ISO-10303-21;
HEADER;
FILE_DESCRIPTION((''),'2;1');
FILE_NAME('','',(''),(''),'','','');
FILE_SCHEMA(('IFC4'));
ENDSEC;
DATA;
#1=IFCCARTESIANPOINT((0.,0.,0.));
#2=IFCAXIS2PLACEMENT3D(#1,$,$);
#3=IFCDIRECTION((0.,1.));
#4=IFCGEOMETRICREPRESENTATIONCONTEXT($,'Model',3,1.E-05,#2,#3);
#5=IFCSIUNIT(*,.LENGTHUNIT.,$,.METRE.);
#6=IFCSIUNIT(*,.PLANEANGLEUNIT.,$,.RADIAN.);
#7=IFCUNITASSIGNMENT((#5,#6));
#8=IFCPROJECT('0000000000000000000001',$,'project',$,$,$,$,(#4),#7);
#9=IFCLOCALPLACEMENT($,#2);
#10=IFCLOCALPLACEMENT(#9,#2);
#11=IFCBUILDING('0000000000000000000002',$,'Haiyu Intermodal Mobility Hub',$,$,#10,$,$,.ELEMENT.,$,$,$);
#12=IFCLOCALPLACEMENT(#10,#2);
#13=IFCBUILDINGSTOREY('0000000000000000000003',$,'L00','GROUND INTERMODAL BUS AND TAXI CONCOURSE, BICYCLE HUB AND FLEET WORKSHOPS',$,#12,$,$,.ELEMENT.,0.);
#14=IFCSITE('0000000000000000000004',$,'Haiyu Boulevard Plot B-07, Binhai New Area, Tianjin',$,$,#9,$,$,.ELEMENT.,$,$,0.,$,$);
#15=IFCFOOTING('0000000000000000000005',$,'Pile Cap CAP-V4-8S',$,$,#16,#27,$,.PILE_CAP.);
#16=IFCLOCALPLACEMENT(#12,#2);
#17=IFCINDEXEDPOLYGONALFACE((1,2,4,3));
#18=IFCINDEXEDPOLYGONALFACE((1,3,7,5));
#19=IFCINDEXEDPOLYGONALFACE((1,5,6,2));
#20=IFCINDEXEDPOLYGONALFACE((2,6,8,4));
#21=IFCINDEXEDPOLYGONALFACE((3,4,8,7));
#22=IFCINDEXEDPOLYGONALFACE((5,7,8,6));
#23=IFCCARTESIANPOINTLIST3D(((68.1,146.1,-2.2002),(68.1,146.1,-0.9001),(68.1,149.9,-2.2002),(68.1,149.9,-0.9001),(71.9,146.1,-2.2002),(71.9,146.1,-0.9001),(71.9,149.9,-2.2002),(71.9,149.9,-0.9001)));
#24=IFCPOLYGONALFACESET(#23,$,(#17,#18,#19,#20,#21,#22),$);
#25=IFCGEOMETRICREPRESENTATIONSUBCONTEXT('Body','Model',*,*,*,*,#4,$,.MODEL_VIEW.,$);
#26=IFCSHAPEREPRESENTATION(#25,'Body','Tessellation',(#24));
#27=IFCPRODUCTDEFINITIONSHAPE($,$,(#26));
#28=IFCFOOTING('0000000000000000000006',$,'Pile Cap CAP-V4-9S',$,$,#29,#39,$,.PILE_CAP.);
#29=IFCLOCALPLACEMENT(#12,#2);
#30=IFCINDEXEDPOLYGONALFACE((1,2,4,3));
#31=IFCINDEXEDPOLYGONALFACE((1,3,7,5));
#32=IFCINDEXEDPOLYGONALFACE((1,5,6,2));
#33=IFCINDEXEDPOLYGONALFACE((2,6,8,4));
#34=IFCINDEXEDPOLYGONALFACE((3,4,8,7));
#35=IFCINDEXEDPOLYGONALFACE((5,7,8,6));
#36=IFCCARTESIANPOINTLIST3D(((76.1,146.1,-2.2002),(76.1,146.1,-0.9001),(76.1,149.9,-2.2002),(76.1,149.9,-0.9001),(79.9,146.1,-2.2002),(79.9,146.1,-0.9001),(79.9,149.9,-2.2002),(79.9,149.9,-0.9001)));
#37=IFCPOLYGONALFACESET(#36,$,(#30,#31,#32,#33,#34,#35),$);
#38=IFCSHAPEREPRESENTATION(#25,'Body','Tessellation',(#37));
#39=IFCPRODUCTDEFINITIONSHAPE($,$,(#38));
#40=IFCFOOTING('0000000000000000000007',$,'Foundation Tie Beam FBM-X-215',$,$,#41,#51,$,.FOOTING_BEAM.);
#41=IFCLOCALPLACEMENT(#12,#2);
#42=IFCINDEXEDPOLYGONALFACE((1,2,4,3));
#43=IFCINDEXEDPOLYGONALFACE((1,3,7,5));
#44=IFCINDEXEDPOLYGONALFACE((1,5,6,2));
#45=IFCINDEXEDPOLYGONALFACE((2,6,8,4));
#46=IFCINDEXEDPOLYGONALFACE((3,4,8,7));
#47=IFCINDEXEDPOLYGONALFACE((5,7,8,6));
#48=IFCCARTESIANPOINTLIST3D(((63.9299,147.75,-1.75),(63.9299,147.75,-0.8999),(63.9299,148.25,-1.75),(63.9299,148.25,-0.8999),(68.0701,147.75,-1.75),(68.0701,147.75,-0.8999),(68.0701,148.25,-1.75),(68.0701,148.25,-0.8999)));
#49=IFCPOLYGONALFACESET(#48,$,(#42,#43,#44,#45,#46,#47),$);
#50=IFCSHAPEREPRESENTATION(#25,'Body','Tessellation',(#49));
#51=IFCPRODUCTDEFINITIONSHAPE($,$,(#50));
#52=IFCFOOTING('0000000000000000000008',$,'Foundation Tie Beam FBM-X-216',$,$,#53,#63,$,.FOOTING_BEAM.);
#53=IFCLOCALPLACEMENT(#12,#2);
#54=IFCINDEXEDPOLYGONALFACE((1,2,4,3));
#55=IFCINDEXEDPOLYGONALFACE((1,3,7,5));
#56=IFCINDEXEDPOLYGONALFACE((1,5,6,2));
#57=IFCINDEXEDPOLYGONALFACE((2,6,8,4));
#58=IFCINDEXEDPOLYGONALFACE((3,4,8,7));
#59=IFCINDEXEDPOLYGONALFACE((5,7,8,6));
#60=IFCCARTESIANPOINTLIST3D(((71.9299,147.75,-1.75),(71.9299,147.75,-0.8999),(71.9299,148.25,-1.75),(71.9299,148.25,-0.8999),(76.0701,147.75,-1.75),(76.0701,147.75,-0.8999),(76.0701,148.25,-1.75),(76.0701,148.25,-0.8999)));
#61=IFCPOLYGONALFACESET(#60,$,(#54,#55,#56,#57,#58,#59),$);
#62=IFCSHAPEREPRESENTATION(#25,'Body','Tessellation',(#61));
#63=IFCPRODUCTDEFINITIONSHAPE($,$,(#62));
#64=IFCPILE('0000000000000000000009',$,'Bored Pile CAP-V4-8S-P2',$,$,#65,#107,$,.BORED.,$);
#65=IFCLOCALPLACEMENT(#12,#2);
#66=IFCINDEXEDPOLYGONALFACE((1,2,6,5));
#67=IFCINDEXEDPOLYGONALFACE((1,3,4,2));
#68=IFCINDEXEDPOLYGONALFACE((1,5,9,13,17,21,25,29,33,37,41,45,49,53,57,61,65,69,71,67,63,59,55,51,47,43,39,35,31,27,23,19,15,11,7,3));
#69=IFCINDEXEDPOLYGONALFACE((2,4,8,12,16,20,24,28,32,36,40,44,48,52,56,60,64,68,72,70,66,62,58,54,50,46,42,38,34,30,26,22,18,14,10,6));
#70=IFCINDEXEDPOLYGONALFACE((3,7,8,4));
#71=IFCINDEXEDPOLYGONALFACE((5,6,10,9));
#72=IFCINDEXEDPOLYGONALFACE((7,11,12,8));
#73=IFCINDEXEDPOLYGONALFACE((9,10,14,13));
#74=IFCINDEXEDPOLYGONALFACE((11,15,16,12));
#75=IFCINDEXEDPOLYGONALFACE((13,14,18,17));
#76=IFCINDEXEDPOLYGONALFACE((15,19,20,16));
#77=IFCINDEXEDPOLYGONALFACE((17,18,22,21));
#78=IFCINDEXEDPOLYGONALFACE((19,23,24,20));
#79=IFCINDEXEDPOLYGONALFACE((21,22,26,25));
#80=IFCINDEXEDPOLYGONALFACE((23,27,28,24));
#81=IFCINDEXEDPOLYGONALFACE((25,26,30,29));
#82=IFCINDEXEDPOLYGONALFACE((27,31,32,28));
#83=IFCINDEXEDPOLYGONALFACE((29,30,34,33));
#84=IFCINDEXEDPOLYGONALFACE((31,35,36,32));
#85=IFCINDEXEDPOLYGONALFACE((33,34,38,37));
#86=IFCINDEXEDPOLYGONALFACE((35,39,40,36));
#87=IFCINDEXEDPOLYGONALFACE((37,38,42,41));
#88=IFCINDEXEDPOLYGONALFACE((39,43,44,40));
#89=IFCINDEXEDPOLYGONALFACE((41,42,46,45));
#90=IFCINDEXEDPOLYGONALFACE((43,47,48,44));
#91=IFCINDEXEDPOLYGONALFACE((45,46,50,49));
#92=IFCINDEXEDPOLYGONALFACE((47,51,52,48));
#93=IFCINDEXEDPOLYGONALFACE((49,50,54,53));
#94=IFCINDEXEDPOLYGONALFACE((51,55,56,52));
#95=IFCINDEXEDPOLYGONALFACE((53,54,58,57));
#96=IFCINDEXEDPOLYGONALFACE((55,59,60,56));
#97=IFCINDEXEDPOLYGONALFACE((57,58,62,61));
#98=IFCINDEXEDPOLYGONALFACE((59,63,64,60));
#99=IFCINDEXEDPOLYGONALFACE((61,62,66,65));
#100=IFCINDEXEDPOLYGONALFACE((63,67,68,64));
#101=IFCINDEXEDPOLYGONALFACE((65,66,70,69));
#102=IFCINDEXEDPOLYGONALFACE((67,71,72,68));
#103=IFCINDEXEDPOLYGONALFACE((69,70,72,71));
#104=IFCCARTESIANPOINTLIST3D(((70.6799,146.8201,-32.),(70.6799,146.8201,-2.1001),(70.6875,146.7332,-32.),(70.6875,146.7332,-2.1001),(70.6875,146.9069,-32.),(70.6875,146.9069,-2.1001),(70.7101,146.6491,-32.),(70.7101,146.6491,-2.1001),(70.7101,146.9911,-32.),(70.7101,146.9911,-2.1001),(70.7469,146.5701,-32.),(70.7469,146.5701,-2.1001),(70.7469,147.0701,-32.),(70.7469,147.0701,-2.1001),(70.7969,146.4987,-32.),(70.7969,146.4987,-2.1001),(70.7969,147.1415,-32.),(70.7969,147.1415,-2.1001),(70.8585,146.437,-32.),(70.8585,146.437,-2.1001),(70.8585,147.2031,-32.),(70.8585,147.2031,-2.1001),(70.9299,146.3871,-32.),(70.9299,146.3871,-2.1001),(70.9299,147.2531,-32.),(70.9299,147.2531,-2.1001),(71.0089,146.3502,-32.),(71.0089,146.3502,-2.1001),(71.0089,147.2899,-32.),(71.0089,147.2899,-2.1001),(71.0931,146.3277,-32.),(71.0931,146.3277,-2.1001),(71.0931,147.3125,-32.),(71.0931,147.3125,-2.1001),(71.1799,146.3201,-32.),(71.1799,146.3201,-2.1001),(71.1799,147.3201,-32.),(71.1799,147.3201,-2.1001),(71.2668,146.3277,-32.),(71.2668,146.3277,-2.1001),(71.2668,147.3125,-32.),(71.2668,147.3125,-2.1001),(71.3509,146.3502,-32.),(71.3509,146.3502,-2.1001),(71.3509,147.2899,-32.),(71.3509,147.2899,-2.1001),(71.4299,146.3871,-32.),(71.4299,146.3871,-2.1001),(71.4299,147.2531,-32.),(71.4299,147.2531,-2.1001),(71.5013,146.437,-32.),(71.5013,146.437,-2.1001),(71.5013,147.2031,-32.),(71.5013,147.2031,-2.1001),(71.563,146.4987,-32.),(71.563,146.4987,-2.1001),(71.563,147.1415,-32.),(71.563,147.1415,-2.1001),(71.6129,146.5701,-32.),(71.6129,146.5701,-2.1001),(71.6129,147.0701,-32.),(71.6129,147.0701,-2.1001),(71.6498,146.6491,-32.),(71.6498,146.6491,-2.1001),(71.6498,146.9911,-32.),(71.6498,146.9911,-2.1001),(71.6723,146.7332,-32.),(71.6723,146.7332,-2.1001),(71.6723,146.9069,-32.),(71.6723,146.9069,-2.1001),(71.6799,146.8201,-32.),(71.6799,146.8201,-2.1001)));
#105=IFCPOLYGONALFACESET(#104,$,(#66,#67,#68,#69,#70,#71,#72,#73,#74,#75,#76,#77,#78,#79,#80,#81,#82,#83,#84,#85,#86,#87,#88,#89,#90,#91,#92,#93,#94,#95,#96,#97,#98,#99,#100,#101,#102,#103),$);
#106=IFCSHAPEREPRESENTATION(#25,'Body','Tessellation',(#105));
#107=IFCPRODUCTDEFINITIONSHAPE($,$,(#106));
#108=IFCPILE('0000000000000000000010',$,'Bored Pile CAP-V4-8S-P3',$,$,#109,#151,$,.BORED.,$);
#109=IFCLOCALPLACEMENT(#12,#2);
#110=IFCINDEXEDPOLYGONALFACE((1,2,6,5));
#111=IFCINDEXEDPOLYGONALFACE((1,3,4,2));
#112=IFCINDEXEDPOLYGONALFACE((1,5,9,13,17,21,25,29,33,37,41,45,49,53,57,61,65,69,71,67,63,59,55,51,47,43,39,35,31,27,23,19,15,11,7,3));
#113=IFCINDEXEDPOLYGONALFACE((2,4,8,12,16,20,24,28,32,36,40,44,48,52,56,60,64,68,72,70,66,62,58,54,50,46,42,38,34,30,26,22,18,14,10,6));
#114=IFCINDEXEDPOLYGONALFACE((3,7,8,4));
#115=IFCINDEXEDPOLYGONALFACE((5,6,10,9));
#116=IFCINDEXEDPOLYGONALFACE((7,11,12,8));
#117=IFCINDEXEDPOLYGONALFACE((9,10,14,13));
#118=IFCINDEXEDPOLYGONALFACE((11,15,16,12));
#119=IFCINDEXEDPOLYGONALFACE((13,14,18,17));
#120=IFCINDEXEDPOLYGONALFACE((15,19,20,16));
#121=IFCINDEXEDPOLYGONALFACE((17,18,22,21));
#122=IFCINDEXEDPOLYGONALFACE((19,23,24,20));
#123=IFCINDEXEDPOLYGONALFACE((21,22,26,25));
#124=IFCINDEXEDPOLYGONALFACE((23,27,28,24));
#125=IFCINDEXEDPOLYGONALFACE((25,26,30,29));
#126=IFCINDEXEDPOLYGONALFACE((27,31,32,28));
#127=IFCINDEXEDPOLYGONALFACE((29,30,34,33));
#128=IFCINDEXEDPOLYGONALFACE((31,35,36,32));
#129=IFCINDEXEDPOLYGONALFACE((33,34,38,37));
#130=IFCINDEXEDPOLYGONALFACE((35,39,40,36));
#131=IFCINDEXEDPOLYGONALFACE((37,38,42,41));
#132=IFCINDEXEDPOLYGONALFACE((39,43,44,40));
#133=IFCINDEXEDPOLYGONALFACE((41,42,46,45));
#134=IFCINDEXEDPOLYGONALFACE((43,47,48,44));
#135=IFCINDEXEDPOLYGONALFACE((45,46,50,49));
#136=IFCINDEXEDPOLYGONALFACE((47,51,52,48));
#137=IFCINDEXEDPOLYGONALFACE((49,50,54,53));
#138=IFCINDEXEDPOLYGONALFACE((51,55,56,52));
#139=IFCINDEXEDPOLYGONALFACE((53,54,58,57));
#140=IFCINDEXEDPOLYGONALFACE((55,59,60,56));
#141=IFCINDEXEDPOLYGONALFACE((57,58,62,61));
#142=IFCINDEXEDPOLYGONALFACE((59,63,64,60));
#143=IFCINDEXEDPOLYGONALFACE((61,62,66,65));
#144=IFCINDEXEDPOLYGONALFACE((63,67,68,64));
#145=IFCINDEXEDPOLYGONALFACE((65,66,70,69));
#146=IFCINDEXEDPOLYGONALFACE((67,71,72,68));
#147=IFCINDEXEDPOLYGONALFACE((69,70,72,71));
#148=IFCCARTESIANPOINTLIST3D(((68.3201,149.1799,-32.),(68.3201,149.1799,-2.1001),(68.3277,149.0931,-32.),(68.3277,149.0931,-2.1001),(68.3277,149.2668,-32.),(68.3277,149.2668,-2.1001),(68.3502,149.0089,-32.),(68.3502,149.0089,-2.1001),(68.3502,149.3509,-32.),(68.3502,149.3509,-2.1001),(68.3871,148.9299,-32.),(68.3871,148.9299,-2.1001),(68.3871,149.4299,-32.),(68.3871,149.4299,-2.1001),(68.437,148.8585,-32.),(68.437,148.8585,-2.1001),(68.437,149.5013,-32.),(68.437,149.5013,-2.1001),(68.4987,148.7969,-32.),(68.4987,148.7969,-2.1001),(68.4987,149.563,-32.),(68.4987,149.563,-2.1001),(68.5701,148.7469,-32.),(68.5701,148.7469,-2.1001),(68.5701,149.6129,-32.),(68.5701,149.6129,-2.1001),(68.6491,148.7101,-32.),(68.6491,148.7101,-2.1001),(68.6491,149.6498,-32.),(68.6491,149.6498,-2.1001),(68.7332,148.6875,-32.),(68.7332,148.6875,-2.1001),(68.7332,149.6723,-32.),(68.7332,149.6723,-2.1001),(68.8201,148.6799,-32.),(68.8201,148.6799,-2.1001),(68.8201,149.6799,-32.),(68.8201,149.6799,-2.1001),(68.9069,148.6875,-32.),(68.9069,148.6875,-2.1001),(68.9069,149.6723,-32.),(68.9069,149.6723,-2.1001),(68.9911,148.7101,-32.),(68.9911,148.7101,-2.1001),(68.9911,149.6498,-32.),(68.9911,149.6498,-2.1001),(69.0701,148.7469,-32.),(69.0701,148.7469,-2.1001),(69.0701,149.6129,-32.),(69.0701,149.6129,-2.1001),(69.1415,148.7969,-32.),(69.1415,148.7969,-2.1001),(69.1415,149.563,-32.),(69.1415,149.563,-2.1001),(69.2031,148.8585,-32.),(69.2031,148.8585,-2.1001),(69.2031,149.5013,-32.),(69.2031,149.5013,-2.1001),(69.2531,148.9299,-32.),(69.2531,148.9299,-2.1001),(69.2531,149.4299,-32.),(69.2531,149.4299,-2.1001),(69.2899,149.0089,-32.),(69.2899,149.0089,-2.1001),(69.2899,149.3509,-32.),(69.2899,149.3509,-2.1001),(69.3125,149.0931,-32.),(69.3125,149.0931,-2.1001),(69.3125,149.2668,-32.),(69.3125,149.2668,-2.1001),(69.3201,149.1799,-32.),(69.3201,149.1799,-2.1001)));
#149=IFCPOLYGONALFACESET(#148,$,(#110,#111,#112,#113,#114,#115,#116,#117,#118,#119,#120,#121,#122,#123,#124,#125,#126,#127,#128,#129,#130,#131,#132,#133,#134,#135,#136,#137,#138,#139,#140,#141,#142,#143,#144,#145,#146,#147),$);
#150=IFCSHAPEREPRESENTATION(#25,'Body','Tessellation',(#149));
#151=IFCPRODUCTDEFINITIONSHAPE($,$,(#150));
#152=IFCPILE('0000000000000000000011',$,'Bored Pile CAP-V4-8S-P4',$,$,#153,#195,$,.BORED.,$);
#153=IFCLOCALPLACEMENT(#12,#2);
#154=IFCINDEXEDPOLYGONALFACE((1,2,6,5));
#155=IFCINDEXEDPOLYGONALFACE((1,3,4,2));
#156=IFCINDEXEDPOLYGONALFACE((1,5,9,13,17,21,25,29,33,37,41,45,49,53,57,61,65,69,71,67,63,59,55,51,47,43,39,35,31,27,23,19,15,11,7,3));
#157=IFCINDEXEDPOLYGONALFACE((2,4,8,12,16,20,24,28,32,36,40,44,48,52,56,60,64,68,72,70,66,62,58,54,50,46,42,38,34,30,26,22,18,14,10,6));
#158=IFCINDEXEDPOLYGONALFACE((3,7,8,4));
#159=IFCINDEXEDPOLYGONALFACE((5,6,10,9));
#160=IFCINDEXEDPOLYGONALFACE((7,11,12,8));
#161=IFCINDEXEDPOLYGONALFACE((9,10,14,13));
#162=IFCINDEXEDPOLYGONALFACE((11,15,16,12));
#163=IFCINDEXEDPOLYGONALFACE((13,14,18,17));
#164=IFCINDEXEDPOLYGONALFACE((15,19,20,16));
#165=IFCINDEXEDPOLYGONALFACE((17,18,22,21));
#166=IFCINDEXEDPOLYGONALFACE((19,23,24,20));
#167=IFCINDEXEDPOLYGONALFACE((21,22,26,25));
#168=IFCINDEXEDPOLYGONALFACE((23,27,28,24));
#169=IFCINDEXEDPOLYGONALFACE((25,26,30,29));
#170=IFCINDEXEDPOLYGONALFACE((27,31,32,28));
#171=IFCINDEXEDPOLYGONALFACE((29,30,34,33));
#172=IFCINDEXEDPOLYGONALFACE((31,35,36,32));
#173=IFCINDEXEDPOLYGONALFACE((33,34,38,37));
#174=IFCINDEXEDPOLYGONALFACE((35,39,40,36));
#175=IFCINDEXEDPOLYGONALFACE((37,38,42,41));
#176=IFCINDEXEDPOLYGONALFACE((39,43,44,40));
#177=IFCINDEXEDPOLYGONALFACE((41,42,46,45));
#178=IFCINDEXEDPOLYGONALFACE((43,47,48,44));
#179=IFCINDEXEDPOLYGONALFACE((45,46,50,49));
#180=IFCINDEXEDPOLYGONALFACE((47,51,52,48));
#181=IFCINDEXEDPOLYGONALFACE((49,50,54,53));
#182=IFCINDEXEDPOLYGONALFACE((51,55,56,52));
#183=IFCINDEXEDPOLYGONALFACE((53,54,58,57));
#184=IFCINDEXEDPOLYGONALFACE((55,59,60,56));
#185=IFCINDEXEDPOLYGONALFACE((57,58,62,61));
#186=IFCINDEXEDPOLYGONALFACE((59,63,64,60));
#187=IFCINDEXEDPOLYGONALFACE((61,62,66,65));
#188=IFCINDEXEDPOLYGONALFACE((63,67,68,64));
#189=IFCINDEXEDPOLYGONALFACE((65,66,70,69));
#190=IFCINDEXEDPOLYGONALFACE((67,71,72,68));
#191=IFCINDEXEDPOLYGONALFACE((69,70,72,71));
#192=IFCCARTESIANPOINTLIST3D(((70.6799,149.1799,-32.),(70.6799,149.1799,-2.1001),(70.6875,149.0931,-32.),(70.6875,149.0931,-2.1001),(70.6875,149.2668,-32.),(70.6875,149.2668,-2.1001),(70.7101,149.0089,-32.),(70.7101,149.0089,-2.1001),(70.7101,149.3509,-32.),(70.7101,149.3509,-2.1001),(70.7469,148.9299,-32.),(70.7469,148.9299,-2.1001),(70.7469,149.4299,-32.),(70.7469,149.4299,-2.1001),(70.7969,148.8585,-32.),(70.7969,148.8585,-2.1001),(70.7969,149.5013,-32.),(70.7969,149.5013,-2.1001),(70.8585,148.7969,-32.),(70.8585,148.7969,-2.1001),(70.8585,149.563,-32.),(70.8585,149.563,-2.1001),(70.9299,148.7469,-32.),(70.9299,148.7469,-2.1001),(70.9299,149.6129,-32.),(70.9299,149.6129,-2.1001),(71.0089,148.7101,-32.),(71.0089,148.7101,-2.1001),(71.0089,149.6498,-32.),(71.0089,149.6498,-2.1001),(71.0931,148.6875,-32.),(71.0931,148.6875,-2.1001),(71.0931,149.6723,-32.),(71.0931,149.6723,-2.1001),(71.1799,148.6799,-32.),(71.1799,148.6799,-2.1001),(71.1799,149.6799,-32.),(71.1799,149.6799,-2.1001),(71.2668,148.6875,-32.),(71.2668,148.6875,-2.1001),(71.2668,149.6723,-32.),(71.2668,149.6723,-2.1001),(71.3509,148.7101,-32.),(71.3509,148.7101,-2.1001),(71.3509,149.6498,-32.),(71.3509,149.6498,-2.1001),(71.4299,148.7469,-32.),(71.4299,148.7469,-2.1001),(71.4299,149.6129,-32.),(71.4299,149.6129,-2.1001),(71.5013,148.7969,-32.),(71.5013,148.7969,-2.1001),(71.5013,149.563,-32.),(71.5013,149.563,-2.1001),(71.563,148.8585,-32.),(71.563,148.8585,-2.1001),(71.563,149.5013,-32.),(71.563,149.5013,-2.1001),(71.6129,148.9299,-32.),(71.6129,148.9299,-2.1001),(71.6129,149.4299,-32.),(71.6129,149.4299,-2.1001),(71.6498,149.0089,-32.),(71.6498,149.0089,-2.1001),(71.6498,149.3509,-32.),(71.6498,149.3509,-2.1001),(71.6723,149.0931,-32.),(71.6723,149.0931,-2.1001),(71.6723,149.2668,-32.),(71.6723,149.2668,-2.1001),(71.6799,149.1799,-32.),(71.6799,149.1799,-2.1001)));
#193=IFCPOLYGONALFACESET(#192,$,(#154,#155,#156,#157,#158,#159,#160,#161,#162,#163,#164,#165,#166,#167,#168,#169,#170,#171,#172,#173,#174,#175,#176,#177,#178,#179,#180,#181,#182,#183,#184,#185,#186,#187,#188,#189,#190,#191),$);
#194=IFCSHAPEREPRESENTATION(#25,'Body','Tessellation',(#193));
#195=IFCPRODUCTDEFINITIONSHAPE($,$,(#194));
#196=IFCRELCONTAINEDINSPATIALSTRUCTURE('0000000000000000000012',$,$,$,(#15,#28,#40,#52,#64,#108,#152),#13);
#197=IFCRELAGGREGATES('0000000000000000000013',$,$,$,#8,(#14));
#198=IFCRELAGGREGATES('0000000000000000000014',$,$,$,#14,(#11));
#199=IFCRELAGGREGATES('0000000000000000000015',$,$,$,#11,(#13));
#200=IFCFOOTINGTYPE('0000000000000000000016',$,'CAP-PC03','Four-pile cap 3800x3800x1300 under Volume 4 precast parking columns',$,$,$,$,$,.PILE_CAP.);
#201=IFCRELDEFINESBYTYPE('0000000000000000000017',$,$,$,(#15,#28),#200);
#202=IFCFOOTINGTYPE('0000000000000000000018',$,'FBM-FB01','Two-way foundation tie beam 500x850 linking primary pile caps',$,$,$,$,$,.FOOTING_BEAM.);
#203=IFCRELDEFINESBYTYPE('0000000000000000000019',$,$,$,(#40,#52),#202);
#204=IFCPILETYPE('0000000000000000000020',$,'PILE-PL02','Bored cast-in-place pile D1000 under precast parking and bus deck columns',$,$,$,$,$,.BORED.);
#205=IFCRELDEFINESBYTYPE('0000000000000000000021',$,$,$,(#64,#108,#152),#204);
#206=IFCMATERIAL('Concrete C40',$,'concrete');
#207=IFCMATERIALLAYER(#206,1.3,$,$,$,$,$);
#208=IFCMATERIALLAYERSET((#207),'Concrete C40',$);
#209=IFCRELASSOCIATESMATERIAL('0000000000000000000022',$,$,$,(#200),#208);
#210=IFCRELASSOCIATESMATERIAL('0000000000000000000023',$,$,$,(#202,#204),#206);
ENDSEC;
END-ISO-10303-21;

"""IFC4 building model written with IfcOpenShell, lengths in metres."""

from ifc_helpers import new_model, si_unit, direction, frame, origin, origin_2d, place, context, subcontext, project, spatial, rectangle, circle, extrude, material, layer, layer_set, material_profile, profile_set, type_object, element, save


model = new_model("IFC4")

# Units and contexts
model_context = context("Model", 3, precision=1e-05, world=origin(), true_north=direction((0.0, 1.0)))
body_context = subcontext(model_context, "Body", "Model", "MODEL_VIEW")
ifc_project = project(units=[si_unit("LENGTHUNIT", "METRE"), si_unit("PLANEANGLEUNIT", "RADIAN")], contexts=[model_context])

# Site, building, storey
site_placement = place(None, origin())
site = spatial("IfcSite", under=ifc_project, at=site_placement, Name="Haiyu Boulevard Plot B-07, Binhai New Area, Tianjin", CompositionType="ELEMENT", RefElevation=0.0)
building_placement = place(site_placement, origin())
building = spatial("IfcBuilding", under=site, at=building_placement, Name="Haiyu Intermodal Mobility Hub", CompositionType="ELEMENT")
storey_placement = place(building_placement, origin())
storey = spatial("IfcBuildingStorey", under=building, at=storey_placement, Name="L00", Description="GROUND INTERMODAL BUS AND TAXI CONCOURSE, BICYCLE HUB AND FLEET WORKSHOPS", CompositionType="ELEMENT", Elevation=0.0)

# Footings
ifc_material_1 = material(Name="Concrete C40", Category="concrete")
ifc_layer_1 = layer(ifc_material_1, 1.3)
ifc_layer_set_1 = layer_set([ifc_layer_1], Name="Concrete C40")
footing_type_1 = type_object("IfcFootingType", Name="CAP-PC03", Description="Four-pile cap 3800x3800x1300 under Volume 4 precast parking columns", PredefinedType="PILE_CAP", material=ifc_layer_set_1)
for number, where, z_axis, x_axis, name in (
    (1, (70.0, 148.0, -2.2002), (0.0, 0.0, 1.0), (1.0, 0.0, 0.0), "Pile Cap CAP-V4-8S"),
    (2, (78.0, 148.0, -2.2002), (0.0, 0.0, 1.0), (1.0, 0.0, 0.0), "Pile Cap CAP-V4-9S"),
):
    element("IfcFooting", number, at=place(storey_placement, frame(where, z_axis=z_axis, x_axis=x_axis)), inside=storey, type_object=footing_type_1, Name=name, PredefinedType="PILE_CAP", context=body_context, shape_type="SweptSolid", body=[
        extrude(rectangle(XDim=3.8, YDim=3.8, at=origin_2d()), origin(), (0.0, 0.0, 1.0), 1.3),
    ])
ifc_material_profile_1 = material_profile(ifc_material_1, rectangle(XDim=0.5, YDim=0.8501, at=origin_2d()), Name="FB500x850")
ifc_profile_set_1 = profile_set([ifc_material_profile_1], Name="Concrete C40")
footing_type_2 = type_object("IfcFootingType", Name="FBM-FB01", Description="Two-way foundation tie beam 500x850 linking primary pile caps", PredefinedType="FOOTING_BEAM", material=ifc_profile_set_1)
for number, where, z_axis, x_axis, name in (
    (3, (63.9299, 148.0, -1.325), (1.0, 0.0, 0.0), (0.0, 1.0, 0.0), "Foundation Tie Beam FBM-X-215"),
    (4, (71.9299, 148.0, -1.325), (1.0, 0.0, 0.0), (0.0, 1.0, 0.0), "Foundation Tie Beam FBM-X-216"),
):
    element("IfcFooting", number, at=place(storey_placement, frame(where, z_axis=z_axis, x_axis=x_axis)), inside=storey, type_object=footing_type_2, Name=name, PredefinedType="FOOTING_BEAM", context=body_context, shape_type="SweptSolid", body=[
        extrude(rectangle(XDim=0.5, YDim=0.8501, at=origin_2d()), origin(), (0.0, 0.0, 1.0), 4.1401),
    ])

# Piles
ifc_material_profile_2 = material_profile(ifc_material_1, circle(Radius=0.5, at=origin_2d()), Name="PILE-D1000")
ifc_profile_set_2 = profile_set([ifc_material_profile_2], Name="Concrete C40")
pile_type = type_object("IfcPileType", Name="PILE-PL02", Description="Bored cast-in-place pile D1000 under precast parking and bus deck columns", PredefinedType="BORED", material=ifc_profile_set_2)
for number, where, z_axis, x_axis, name in (
    (5, (71.1799, 146.8201, -2.1001), (0.0, 0.0, -1.0), (1.0, 0.0, 0.0), "Bored Pile CAP-V4-8S-P2"),
    (6, (68.8201, 149.1799, -2.1001), (0.0, 0.0, -1.0), (1.0, 0.0, 0.0), "Bored Pile CAP-V4-8S-P3"),
    (7, (71.1799, 149.1799, -2.1001), (0.0, 0.0, -1.0), (1.0, 0.0, 0.0), "Bored Pile CAP-V4-8S-P4"),
):
    element("IfcPile", number, at=place(storey_placement, frame(where, z_axis=z_axis, x_axis=x_axis)), inside=storey, type_object=pile_type, Name=name, PredefinedType="BORED", context=body_context, shape_type="SweptSolid", body=[
        extrude(circle(Radius=0.5, at=origin_2d()), origin(), (0.0, 0.0, 1.0), 29.8999),
    ])

save(model, "model.ifc")
